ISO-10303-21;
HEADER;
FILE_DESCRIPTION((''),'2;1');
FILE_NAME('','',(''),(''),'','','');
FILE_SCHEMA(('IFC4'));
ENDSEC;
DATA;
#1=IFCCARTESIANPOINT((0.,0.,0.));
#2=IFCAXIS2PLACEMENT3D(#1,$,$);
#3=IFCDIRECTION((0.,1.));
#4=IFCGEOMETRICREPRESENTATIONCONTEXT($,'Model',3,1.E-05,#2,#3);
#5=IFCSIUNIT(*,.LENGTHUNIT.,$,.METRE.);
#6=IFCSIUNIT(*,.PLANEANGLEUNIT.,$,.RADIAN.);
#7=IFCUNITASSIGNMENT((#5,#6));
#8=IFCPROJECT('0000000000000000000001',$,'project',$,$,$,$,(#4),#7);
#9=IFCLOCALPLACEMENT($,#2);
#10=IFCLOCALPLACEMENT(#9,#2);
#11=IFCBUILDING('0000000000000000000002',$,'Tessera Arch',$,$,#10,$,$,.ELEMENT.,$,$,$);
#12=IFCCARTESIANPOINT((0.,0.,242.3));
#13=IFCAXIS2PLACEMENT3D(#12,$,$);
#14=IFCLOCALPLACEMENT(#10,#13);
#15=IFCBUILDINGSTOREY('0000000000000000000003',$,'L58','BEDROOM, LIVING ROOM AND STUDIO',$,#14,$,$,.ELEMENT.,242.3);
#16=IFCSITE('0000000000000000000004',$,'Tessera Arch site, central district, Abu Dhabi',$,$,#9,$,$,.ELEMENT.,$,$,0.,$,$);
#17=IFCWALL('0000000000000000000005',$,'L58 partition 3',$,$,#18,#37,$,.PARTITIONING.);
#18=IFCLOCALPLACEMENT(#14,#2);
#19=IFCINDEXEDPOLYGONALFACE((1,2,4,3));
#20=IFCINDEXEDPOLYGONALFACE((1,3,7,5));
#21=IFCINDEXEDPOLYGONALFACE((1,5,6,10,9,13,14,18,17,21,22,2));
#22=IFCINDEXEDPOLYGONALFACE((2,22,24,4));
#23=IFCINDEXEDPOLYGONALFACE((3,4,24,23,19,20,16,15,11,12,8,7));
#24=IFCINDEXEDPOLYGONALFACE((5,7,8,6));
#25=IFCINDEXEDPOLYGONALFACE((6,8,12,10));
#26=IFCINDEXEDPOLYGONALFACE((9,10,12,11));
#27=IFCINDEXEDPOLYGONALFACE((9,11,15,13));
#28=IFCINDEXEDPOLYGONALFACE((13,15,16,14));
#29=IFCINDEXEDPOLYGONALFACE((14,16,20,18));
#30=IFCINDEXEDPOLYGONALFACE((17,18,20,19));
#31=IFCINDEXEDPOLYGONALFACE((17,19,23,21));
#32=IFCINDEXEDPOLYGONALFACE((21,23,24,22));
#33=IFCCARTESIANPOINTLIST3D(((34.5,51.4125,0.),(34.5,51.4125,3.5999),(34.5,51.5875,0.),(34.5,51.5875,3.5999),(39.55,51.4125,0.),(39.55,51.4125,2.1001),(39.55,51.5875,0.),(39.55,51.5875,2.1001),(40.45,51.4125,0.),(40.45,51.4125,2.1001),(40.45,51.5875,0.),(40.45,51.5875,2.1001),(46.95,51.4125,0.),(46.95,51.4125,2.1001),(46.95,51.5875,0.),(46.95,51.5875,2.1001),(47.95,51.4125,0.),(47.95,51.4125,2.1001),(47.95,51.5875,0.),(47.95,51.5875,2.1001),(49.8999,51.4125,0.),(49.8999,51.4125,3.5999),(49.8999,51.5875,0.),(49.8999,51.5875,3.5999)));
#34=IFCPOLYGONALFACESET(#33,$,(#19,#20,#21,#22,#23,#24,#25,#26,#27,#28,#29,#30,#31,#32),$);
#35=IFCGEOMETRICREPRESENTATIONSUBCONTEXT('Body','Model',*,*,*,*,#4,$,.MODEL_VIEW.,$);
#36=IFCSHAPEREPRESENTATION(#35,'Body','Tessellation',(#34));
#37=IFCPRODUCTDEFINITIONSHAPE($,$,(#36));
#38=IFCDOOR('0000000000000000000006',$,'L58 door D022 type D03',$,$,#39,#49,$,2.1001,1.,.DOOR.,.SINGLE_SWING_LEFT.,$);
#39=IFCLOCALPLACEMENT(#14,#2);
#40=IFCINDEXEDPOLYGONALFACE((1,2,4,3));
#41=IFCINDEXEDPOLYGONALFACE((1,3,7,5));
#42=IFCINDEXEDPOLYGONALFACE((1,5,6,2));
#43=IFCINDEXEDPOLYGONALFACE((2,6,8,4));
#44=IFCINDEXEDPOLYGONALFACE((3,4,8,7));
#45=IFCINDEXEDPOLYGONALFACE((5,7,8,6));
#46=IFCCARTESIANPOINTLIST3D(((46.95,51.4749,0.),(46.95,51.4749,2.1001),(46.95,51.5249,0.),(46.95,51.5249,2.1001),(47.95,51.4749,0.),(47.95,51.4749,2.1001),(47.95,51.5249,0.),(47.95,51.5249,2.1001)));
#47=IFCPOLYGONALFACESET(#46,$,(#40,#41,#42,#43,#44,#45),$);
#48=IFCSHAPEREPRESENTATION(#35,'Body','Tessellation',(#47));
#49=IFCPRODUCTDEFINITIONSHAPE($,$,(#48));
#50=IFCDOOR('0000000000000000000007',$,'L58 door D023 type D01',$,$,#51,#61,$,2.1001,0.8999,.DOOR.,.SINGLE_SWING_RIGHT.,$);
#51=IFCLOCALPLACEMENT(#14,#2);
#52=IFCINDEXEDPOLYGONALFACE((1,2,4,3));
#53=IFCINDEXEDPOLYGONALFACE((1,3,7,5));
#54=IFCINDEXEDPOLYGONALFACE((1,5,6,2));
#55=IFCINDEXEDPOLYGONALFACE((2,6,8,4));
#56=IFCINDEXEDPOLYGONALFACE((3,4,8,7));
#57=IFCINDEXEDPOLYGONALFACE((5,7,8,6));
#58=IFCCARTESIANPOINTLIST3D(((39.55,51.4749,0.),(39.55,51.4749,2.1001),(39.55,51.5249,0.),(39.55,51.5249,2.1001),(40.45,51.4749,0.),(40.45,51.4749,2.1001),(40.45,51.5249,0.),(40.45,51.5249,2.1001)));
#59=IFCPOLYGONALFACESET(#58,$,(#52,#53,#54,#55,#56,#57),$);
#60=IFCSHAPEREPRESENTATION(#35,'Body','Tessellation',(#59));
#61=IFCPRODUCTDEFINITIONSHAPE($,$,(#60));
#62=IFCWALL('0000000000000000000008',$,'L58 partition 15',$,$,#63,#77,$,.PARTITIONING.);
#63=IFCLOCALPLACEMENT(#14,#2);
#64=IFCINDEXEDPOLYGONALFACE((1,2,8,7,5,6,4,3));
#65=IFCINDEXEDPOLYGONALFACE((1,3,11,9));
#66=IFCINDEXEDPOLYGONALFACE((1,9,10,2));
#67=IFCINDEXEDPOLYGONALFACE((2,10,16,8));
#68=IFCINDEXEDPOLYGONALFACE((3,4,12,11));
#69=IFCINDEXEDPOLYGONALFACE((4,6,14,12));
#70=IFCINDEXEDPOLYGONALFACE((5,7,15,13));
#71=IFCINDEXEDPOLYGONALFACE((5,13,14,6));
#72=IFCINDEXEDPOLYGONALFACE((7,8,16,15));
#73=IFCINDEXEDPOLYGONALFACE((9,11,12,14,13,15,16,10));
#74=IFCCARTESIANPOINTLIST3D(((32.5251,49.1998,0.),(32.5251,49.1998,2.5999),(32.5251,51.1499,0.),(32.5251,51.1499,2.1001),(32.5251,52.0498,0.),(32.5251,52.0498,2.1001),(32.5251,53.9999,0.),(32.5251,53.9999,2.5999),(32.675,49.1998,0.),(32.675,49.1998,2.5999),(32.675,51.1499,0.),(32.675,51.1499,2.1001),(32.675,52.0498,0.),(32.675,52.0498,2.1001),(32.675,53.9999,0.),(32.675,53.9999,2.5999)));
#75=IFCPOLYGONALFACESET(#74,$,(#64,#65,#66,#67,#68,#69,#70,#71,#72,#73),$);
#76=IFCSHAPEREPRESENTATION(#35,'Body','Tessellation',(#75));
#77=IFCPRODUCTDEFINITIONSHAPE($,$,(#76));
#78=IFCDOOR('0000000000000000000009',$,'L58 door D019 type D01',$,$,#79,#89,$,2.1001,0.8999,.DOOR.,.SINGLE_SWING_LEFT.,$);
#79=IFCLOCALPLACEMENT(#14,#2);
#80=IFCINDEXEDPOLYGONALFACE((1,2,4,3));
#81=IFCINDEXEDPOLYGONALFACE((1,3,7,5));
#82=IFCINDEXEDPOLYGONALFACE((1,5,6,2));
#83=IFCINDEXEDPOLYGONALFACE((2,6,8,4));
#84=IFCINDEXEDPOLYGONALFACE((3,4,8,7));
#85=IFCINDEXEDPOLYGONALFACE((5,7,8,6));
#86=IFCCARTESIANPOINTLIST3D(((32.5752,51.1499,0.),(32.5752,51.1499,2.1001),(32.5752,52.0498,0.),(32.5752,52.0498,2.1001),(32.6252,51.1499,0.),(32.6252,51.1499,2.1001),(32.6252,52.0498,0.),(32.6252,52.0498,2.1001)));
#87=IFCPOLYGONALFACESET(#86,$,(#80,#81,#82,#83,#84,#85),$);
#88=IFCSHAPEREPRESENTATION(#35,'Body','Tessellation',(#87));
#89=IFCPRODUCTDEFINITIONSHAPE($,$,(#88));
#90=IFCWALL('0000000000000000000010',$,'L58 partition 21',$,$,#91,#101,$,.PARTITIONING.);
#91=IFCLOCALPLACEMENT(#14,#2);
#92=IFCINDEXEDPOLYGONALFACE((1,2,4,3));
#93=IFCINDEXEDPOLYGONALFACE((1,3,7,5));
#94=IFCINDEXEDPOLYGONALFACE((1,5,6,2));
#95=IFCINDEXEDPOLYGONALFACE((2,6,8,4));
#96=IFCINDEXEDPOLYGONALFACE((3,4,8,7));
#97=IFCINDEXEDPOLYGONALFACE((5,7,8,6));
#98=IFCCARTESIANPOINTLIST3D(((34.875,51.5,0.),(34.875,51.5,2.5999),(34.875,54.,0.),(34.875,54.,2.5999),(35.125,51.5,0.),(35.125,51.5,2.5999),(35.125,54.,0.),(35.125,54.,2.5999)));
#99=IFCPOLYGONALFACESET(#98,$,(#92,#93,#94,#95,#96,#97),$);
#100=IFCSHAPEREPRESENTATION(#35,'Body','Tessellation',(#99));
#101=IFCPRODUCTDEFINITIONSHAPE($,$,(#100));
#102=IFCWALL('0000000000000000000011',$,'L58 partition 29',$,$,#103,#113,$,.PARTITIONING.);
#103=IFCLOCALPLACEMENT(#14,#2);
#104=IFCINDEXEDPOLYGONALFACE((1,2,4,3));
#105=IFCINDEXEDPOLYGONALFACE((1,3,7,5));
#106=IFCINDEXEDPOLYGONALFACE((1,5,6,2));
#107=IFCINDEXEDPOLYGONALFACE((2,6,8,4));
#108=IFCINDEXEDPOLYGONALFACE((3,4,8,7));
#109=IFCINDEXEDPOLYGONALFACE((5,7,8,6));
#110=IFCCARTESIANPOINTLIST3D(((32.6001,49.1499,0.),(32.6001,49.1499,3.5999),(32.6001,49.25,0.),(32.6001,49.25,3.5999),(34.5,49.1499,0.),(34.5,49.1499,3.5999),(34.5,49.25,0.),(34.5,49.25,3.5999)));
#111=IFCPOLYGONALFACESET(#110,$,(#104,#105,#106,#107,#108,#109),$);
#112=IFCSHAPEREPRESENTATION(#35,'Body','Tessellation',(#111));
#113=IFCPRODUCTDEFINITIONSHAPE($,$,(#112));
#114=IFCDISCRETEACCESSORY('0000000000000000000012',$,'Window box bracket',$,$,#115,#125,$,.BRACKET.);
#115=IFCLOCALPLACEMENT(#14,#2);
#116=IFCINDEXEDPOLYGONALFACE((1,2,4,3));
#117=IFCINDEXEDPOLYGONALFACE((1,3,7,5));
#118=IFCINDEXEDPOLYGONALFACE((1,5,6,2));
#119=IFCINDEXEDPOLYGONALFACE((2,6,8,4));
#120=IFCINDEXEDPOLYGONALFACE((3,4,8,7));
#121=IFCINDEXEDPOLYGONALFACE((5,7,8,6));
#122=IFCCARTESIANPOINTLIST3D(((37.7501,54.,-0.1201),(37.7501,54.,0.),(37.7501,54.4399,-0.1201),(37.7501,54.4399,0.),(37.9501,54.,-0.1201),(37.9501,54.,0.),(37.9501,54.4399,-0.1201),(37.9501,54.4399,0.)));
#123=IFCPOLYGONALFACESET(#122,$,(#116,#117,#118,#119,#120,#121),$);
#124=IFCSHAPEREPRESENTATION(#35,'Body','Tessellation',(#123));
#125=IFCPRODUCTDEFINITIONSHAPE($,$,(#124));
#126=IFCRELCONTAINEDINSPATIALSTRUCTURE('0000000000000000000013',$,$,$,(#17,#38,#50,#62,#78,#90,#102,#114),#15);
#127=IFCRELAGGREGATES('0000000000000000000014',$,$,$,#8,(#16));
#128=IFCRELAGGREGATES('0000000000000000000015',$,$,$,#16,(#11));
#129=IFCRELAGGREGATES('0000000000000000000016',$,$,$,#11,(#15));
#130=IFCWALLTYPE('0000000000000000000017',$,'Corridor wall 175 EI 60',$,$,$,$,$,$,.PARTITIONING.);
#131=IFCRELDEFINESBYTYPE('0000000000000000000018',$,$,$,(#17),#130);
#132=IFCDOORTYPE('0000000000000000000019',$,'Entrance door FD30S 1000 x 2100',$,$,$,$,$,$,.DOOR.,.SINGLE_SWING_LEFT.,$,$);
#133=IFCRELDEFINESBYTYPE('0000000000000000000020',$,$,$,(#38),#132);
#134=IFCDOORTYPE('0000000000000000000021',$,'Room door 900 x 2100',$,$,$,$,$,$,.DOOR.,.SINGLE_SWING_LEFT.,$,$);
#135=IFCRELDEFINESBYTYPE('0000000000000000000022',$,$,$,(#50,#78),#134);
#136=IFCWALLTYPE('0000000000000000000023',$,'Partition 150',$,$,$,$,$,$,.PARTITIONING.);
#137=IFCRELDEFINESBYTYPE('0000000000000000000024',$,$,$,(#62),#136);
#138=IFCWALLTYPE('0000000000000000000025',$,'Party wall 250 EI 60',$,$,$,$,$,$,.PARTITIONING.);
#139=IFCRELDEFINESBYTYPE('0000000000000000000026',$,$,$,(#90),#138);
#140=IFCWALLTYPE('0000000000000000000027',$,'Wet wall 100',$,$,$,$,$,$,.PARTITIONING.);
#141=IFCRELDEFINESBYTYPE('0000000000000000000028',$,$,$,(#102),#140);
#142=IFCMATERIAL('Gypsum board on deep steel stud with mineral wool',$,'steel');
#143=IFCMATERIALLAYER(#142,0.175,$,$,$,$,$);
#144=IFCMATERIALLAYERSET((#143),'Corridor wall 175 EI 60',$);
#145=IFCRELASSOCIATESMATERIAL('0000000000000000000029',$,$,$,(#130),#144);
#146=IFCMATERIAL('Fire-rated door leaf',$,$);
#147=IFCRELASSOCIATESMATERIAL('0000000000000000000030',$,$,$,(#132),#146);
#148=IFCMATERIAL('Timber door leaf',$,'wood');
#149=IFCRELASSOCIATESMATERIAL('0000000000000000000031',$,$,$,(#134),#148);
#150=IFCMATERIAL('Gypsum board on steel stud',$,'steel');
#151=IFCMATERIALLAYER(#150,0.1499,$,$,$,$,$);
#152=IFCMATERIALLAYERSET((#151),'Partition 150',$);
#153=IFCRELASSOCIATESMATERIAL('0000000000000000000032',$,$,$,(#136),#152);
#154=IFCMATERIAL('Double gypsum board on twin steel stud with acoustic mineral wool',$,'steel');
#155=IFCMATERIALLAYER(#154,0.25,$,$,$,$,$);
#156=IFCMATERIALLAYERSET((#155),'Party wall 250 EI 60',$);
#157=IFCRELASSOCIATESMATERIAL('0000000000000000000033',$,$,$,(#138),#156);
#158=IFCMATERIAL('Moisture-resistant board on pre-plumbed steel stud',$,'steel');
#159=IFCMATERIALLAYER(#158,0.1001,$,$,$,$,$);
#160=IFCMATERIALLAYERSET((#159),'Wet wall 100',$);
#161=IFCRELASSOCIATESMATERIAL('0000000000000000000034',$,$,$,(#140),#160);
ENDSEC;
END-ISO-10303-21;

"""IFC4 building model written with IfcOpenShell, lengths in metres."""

from ifc_helpers import new_model, si_unit, direction, frame, frame_2d, origin, origin_2d, place, context, subcontext, project, spatial, rectangle, extrude, material, layer, layer_set, type_object, element, fill, save


model = new_model("IFC4")

# Units and contexts
model_context = context("Model", 3, precision=1e-05, world=origin(), true_north=direction((0.0, 1.0)))
body_context = subcontext(model_context, "Body", "Model", "MODEL_VIEW")
ifc_project = project(units=[si_unit("LENGTHUNIT", "METRE"), si_unit("PLANEANGLEUNIT", "RADIAN")], contexts=[model_context])

# Site, building, storey
site_placement = place(None, origin())
site = spatial("IfcSite", under=ifc_project, at=site_placement, Name="Tessera Arch site, central district, Abu Dhabi", CompositionType="ELEMENT", RefElevation=0.0)
building_placement = place(site_placement, origin())
building = spatial("IfcBuilding", under=site, at=building_placement, Name="Tessera Arch", CompositionType="ELEMENT")
storey_placement = place(building_placement, frame((0.0, 0.0, 242.3)))
storey = spatial("IfcBuildingStorey", under=building, at=storey_placement, Name="L58", Description="BEDROOM, LIVING ROOM AND STUDIO", CompositionType="ELEMENT", Elevation=242.3)

# Wall, openings, doors
ifc_material_1 = material(Name="Gypsum board on deep steel stud with mineral wool", Category="steel")
ifc_layer_1 = layer(ifc_material_1, 0.175)
ifc_layer_set_1 = layer_set([ifc_layer_1], Name="Corridor wall 175 EI 60")
wall_type_1 = type_object("IfcWallType", Name="Corridor wall 175 EI 60", PredefinedType="PARTITIONING", material=ifc_layer_set_1)
wall_1_placement = place(storey_placement, frame((34.5, 51.5, 0.0), z_axis=(0.0, 0.0, 1.0), x_axis=(1.0, 0.0, 0.0)))
wall_1 = element("IfcWall", 1, at=wall_1_placement, inside=storey, type_object=wall_type_1, Name="L58 partition 3", PredefinedType="PARTITIONING", context=body_context, shape_type="SweptSolid", body=[
    extrude(rectangle(XDim=15.3999, YDim=0.175, at=frame_2d((7.7, 0.0))), origin(), (0.0, 0.0, 1.0), 3.5999),
])
opening_1_placement = place(wall_1_placement, frame((12.45, 0.0, 0.0)))
opening_1 = element("IfcOpeningElement", 2, at=opening_1_placement, cuts=wall_1, PredefinedType="OPENING", context=body_context, shape_type="SweptSolid", body=[
    extrude(rectangle(XDim=1.0, YDim=2.1001, at=frame_2d((0.5, 1.05))), frame((0.0, 0.0974, 0.0), z_axis=(0.0, -1.0, 0.0), x_axis=(1.0, 0.0, 0.0)), (0.0, 0.0, 1.0), 0.1951),
])
opening_2_placement = place(wall_1_placement, frame((5.05, 0.0, 0.0)))
opening_2 = element("IfcOpeningElement", 3, at=opening_2_placement, cuts=wall_1, PredefinedType="OPENING", context=body_context, shape_type="SweptSolid", body=[
    extrude(rectangle(XDim=0.8999, YDim=2.1001, at=frame_2d((0.45, 1.05))), frame((0.0, 0.0974, 0.0), z_axis=(0.0, -1.0, 0.0), x_axis=(1.0, 0.0, 0.0)), (0.0, 0.0, 1.0), 0.1951),
])
ifc_material_2 = material(Name="Fire-rated door leaf")
door_type_1 = type_object("IfcDoorType", Name="Entrance door FD30S 1000 x 2100", OperationType="SINGLE_SWING_LEFT", PredefinedType="DOOR", material=ifc_material_2)
door_1_placement = place(opening_1_placement, origin())
door_1 = element("IfcDoor", 4, at=door_1_placement, inside=storey, type_object=door_type_1, Name="L58 door D022 type D03", OperationType="SINGLE_SWING_LEFT", OverallHeight=2.1001, OverallWidth=1.0, PredefinedType="DOOR", context=body_context, shape_type="SweptSolid", body=[
    extrude(rectangle(XDim=1.0, YDim=2.1001, at=frame_2d((0.5, 1.05))), frame((0.0, 0.0249, 0.0), z_axis=(0.0, -1.0, 0.0), x_axis=(1.0, 0.0, 0.0)), (0.0, 0.0, 1.0), 0.05),
])
fill(opening_1, door_1)
ifc_material_3 = material(Name="Timber door leaf", Category="wood")
door_type_2 = type_object("IfcDoorType", Name="Room door 900 x 2100", OperationType="SINGLE_SWING_LEFT", PredefinedType="DOOR", material=ifc_material_3)
door_2_placement = place(opening_2_placement, origin())
door_2 = element("IfcDoor", 5, at=door_2_placement, inside=storey, type_object=door_type_2, Name="L58 door D023 type D01", OperationType="SINGLE_SWING_RIGHT", OverallHeight=2.1001, OverallWidth=0.8999, PredefinedType="DOOR", context=body_context, shape_type="SweptSolid", body=[
    extrude(rectangle(XDim=0.8999, YDim=2.1001, at=frame_2d((0.45, 1.05))), frame((0.0, 0.0249, 0.0), z_axis=(0.0, -1.0, 0.0), x_axis=(1.0, 0.0, 0.0)), (0.0, 0.0, 1.0), 0.05),
])
fill(opening_2, door_2)

# Wall, opening, door
ifc_material_4 = material(Name="Gypsum board on steel stud", Category="steel")
ifc_layer_2 = layer(ifc_material_4, 0.1499)
ifc_layer_set_2 = layer_set([ifc_layer_2], Name="Partition 150")
wall_type_2 = type_object("IfcWallType", Name="Partition 150", PredefinedType="PARTITIONING", material=ifc_layer_set_2)
wall_2_placement = place(storey_placement, frame((32.6001, 49.2, 0.0), z_axis=(0.0, 0.0, 1.0), x_axis=(0.0, 1.0, 0.0)))
wall_2 = element("IfcWall", 6, at=wall_2_placement, inside=storey, type_object=wall_type_2, Name="L58 partition 15", PredefinedType="PARTITIONING", context=body_context, shape_type="SweptSolid", body=[
    extrude(rectangle(XDim=4.8, YDim=0.1499, at=frame_2d((2.3999, 0.0))), origin(), (0.0, 0.0, 1.0), 2.5999),
])
opening_3_placement = place(wall_2_placement, frame((1.95, 0.0, 0.0)))
opening_3 = element("IfcOpeningElement", 7, at=opening_3_placement, cuts=wall_2, PredefinedType="OPENING", context=body_context, shape_type="SweptSolid", body=[
    extrude(rectangle(XDim=0.8999, YDim=2.1001, at=frame_2d((0.45, 1.05))), frame((0.0, 0.085, 0.0), z_axis=(0.0, -1.0, 0.0), x_axis=(1.0, 0.0, 0.0)), (0.0, 0.0, 1.0), 0.1699),
])
door_3_placement = place(opening_3_placement, origin())
door_3 = element("IfcDoor", 8, at=door_3_placement, inside=storey, type_object=door_type_2, Name="L58 door D019 type D01", OperationType="SINGLE_SWING_LEFT", OverallHeight=2.1001, OverallWidth=0.8999, PredefinedType="DOOR", context=body_context, shape_type="SweptSolid", body=[
    extrude(rectangle(XDim=0.8999, YDim=2.1001, at=frame_2d((0.45, 1.05))), frame((0.0, 0.0249, 0.0), z_axis=(0.0, -1.0, 0.0), x_axis=(1.0, 0.0, 0.0)), (0.0, 0.0, 1.0), 0.05),
])
fill(opening_3, door_3)

# Walls
ifc_material_5 = material(Name="Double gypsum board on twin steel stud with acoustic mineral wool", Category="steel")
ifc_layer_3 = layer(ifc_material_5, 0.25)
ifc_layer_set_3 = layer_set([ifc_layer_3], Name="Party wall 250 EI 60")
wall_type_3 = type_object("IfcWallType", Name="Party wall 250 EI 60", PredefinedType="PARTITIONING", material=ifc_layer_set_3)
wall_3_placement = place(storey_placement, frame((35.0, 51.5, 0.0), z_axis=(0.0, 0.0, 1.0), x_axis=(0.0, 1.0, 0.0)))
element("IfcWall", 9, at=wall_3_placement, inside=storey, type_object=wall_type_3, Name="L58 partition 21", PredefinedType="PARTITIONING", context=body_context, shape_type="SweptSolid", body=[
    extrude(rectangle(XDim=2.5, YDim=0.25, at=frame_2d((1.25, 0.0))), origin(), (0.0, 0.0, 1.0), 2.5999),
])
ifc_material_6 = material(Name="Moisture-resistant board on pre-plumbed steel stud", Category="steel")
ifc_layer_4 = layer(ifc_material_6, 0.1001)
ifc_layer_set_4 = layer_set([ifc_layer_4], Name="Wet wall 100")
wall_type_4 = type_object("IfcWallType", Name="Wet wall 100", PredefinedType="PARTITIONING", material=ifc_layer_set_4)
wall_4_placement = place(storey_placement, frame((32.6001, 49.2, 0.0), z_axis=(0.0, 0.0, 1.0), x_axis=(1.0, 0.0, 0.0)))
element("IfcWall", 10, at=wall_4_placement, inside=storey, type_object=wall_type_4, Name="L58 partition 29", PredefinedType="PARTITIONING", context=body_context, shape_type="SweptSolid", body=[
    extrude(rectangle(XDim=1.8999, YDim=0.1001, at=frame_2d((0.95, 0.0))), origin(), (0.0, 0.0, 1.0), 3.5999),
])

# Discrete accessory
discrete_accessory_placement = place(storey_placement, frame((37.8501, 54.22, -0.1201), z_axis=(0.0, 0.0, 1.0), x_axis=(0.0, 1.0, 0.0)))
element("IfcDiscreteAccessory", 11, at=discrete_accessory_placement, inside=storey, Name="Window box bracket", PredefinedType="BRACKET", context=body_context, shape_type="SweptSolid", body=[
    extrude(rectangle(XDim=0.4399, YDim=0.2, at=origin_2d()), origin(), (0.0, 0.0, 1.0), 0.1201),
])

save(model, "model.ifc")
